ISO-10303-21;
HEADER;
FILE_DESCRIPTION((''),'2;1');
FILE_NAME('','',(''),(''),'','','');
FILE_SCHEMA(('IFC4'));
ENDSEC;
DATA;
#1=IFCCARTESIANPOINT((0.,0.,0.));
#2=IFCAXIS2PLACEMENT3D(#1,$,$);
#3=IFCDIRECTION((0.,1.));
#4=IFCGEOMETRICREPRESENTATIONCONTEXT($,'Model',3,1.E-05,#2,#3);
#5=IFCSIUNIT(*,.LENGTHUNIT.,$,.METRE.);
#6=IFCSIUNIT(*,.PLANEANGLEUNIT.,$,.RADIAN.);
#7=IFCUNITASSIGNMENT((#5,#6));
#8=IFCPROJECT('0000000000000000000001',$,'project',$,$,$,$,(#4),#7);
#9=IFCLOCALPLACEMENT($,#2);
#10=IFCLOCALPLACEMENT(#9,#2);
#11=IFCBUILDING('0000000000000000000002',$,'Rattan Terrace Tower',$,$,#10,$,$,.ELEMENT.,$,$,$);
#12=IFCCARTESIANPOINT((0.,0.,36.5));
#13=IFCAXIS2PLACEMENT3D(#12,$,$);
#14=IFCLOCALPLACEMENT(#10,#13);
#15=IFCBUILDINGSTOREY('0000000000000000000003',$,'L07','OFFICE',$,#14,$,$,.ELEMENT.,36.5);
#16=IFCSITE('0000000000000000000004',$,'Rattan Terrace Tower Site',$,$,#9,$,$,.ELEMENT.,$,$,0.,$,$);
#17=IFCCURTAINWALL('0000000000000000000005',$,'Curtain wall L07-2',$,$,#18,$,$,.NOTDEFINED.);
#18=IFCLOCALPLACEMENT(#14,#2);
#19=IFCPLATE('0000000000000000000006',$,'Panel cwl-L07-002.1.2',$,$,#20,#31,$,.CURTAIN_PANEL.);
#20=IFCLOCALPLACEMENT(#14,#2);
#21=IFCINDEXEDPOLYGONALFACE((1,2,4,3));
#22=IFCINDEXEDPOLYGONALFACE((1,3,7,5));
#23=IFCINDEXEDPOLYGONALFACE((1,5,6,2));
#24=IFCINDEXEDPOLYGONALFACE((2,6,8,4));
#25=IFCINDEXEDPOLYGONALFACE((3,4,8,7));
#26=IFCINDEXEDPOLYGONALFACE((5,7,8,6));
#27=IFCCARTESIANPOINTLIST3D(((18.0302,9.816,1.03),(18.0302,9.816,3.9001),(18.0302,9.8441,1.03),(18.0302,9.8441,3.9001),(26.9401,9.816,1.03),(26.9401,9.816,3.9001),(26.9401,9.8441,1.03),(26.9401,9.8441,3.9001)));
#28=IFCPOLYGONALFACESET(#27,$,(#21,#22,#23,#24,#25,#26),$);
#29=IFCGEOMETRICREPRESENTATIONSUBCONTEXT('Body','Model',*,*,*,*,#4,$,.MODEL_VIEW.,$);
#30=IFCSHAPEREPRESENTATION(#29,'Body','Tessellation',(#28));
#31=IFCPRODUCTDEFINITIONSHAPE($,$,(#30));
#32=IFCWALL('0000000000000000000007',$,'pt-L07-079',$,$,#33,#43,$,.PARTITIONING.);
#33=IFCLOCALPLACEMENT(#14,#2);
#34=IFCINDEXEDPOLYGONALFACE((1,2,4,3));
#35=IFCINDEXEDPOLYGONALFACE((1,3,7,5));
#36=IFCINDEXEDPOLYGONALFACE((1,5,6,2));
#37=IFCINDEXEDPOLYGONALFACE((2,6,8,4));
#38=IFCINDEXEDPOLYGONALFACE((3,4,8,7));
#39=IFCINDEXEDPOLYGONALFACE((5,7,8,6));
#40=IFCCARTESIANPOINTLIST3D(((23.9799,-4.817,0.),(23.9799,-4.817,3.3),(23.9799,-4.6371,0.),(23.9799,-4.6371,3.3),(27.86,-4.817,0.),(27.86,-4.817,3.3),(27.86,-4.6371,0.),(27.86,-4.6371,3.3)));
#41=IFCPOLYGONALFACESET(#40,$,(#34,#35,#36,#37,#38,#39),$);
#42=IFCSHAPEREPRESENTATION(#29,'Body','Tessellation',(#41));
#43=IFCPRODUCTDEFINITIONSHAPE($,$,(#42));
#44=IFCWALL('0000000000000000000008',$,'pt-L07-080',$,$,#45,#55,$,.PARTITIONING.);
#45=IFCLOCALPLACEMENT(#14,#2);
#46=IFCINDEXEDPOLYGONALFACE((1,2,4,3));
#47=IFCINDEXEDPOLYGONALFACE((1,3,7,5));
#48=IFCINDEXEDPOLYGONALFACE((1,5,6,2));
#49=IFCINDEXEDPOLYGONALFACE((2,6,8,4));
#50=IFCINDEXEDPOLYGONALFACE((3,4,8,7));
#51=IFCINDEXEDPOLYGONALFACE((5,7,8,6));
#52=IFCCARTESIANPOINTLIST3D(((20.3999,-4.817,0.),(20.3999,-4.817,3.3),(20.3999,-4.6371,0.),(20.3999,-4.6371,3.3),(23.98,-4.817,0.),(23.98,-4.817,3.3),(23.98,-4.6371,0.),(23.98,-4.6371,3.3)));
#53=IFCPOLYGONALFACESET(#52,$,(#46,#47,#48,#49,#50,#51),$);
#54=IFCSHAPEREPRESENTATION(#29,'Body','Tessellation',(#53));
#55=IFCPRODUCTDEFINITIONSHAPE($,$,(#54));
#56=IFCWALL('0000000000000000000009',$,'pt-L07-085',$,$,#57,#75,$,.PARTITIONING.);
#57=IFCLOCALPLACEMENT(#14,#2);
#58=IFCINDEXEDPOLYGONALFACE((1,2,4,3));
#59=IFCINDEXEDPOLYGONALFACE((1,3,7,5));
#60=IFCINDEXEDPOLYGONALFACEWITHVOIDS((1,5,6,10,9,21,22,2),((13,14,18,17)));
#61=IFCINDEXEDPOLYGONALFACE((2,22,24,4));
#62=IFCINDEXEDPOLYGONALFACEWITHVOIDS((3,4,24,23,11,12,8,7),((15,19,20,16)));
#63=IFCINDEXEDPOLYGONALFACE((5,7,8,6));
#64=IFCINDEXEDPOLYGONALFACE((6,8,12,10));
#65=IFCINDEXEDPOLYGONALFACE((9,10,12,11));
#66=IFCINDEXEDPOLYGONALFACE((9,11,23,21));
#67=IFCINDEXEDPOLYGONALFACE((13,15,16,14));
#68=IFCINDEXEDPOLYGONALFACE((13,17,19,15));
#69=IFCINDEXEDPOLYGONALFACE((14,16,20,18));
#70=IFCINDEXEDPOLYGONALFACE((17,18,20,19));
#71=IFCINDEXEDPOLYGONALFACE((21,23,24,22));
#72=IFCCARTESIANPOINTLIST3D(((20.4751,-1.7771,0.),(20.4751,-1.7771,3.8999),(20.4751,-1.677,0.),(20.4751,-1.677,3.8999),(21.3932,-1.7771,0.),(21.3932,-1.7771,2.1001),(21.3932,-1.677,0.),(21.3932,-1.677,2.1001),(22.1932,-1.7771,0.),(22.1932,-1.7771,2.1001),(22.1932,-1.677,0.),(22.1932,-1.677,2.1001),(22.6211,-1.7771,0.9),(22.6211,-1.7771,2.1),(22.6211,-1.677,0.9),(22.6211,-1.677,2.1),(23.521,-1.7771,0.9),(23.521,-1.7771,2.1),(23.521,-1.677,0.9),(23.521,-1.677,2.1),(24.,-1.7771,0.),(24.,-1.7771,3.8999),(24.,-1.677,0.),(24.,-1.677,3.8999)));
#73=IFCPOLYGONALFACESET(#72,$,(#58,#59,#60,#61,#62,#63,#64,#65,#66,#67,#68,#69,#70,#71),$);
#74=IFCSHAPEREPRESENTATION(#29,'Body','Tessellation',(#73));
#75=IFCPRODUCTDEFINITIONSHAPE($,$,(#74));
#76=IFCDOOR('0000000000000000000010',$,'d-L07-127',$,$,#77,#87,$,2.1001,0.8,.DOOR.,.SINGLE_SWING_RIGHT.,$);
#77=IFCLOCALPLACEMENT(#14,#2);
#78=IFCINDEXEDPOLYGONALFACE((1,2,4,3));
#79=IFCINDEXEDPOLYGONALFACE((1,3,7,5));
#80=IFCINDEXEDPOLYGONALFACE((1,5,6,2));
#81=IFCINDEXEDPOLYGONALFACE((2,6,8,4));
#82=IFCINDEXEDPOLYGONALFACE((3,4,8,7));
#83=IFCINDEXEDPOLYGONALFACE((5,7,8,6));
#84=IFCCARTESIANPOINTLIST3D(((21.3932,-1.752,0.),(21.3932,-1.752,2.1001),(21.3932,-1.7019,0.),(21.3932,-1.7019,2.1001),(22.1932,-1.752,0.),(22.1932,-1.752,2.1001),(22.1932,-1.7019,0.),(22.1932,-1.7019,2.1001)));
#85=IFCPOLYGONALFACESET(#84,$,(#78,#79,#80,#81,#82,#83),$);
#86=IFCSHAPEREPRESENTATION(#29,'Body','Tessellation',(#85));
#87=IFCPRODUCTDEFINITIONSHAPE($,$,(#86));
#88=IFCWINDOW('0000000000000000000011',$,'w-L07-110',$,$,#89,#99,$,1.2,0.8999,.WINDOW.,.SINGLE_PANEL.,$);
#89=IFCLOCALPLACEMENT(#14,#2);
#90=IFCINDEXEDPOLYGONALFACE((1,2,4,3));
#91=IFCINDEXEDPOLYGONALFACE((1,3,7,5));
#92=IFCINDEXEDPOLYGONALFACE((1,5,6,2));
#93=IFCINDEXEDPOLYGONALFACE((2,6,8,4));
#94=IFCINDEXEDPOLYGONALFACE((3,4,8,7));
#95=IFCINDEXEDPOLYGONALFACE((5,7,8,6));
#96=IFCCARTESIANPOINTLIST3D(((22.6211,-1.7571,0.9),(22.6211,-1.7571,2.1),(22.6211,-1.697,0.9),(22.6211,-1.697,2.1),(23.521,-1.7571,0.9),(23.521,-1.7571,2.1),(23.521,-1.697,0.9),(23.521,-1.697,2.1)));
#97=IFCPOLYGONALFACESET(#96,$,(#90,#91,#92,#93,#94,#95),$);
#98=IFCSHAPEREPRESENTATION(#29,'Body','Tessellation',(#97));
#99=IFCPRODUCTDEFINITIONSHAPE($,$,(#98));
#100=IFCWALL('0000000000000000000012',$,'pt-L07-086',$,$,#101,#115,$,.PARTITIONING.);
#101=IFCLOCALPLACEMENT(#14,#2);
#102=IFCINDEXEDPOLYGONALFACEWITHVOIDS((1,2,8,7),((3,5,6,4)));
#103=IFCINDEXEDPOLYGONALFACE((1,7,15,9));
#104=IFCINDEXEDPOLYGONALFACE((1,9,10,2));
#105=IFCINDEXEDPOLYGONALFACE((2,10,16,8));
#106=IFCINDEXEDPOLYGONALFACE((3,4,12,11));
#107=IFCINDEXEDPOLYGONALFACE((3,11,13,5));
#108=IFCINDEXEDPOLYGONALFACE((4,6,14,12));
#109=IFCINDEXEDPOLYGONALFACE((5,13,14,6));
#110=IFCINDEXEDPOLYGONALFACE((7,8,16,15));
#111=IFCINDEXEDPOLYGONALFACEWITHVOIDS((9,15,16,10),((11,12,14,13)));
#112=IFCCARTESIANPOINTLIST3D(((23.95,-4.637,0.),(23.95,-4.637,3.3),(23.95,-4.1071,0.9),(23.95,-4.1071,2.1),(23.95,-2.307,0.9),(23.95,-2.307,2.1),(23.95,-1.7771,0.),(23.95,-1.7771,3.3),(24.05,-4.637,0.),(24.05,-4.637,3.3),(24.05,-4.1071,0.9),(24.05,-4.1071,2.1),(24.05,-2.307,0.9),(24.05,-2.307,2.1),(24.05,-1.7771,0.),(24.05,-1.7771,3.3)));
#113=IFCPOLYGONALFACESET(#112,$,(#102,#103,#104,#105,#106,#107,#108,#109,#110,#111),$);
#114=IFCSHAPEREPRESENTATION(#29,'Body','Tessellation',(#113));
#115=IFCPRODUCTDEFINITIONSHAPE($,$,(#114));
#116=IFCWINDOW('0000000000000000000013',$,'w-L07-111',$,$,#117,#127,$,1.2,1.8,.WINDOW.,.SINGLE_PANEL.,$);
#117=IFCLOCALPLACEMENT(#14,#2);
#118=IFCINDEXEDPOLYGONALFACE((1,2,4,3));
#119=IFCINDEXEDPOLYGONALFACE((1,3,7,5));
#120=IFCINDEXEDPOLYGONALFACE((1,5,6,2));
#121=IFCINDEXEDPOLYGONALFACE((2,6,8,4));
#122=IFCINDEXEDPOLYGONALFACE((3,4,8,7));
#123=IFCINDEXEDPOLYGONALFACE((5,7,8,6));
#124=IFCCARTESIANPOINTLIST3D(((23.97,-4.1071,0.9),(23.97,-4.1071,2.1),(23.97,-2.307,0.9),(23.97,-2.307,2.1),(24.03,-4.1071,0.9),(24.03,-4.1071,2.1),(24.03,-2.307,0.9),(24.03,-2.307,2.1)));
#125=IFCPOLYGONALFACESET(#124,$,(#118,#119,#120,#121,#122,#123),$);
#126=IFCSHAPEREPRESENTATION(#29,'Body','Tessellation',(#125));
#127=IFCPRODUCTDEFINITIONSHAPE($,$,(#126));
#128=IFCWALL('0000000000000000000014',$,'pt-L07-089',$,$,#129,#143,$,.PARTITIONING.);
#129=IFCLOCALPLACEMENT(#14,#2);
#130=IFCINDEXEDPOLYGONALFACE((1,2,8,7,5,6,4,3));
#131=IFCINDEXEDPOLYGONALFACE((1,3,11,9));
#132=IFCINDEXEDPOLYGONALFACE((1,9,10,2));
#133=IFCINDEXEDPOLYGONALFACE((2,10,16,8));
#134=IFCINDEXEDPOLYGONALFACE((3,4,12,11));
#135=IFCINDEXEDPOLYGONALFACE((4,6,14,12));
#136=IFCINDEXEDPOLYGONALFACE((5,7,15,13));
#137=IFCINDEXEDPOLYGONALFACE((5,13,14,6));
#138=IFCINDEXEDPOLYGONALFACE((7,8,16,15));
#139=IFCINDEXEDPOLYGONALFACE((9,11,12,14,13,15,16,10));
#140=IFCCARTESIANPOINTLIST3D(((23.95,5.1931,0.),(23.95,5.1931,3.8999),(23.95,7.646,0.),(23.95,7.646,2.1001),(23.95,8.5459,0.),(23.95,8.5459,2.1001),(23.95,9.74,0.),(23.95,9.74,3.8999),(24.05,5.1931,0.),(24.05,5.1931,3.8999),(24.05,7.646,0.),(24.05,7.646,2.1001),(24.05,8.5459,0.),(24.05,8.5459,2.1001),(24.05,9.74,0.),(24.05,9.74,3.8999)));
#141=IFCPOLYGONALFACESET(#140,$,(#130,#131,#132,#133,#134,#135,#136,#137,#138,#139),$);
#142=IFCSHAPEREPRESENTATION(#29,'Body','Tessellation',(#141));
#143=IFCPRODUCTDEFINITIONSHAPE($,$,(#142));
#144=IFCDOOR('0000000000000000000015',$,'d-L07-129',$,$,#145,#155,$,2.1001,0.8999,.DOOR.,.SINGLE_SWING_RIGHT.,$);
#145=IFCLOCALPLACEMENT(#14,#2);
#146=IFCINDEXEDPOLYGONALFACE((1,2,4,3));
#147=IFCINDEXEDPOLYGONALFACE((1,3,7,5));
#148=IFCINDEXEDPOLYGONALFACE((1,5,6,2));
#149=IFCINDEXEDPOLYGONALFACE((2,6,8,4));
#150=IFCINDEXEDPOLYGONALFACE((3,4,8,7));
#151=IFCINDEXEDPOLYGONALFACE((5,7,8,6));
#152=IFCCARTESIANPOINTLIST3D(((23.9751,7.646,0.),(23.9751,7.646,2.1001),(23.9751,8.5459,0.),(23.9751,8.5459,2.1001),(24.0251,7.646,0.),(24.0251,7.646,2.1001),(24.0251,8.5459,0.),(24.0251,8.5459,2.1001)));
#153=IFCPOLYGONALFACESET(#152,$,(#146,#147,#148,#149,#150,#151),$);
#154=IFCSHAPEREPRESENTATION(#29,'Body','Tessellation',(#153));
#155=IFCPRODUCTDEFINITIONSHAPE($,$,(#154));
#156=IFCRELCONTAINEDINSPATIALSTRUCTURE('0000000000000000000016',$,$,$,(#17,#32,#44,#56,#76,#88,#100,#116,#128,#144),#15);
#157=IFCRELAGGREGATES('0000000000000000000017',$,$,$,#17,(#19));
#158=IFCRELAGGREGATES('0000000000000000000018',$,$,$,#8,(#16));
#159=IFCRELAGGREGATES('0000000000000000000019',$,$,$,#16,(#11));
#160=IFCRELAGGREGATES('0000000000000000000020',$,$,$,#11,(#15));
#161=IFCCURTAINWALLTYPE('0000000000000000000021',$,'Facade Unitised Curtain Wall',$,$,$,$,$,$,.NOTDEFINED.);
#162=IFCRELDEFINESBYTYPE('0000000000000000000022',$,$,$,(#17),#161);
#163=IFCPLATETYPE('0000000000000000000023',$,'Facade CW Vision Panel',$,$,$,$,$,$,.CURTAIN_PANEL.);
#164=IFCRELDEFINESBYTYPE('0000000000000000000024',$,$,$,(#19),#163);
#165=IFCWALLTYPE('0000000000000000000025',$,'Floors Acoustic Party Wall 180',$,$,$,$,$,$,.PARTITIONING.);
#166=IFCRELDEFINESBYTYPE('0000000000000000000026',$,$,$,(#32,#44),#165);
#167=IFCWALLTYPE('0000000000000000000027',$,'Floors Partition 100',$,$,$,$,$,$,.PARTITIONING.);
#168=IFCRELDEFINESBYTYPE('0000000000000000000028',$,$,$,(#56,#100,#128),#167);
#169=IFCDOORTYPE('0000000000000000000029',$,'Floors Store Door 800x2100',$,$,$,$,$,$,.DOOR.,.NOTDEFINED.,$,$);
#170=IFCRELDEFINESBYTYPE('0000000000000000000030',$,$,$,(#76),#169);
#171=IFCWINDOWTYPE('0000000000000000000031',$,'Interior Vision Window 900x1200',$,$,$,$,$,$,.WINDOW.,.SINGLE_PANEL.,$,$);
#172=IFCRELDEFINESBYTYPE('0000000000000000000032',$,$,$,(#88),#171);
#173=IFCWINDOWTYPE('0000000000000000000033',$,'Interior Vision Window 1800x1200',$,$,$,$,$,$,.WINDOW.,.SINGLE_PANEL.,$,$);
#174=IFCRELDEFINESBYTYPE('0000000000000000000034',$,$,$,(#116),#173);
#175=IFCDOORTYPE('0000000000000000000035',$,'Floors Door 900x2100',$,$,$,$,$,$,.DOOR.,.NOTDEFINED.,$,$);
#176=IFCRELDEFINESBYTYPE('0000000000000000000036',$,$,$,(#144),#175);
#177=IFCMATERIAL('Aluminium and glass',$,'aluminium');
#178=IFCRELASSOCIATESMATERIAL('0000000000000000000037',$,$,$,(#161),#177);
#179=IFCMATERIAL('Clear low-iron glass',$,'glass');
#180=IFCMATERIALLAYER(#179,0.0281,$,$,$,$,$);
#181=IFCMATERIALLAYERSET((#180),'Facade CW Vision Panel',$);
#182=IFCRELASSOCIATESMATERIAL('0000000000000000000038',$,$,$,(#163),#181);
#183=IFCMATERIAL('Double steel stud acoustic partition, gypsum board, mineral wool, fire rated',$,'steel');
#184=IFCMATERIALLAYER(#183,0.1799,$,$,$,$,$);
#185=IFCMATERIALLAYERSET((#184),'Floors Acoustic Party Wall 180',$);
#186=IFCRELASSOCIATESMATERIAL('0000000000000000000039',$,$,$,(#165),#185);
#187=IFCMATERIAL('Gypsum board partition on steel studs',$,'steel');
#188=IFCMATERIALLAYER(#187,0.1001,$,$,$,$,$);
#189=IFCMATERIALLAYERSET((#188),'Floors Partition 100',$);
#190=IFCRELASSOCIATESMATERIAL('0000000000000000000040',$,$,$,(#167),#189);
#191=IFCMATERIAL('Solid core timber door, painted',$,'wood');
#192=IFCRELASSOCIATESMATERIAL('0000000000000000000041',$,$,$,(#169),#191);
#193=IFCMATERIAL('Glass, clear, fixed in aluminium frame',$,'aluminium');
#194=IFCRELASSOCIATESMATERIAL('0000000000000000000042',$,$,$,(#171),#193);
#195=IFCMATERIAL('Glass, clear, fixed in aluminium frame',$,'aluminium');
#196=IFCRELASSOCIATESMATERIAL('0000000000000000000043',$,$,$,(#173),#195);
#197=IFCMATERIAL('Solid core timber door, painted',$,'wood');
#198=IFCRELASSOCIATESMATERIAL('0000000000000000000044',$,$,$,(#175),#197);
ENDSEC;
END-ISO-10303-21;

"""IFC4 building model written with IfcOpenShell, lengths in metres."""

from ifc_helpers import new_model, si_unit, direction, frame, frame_2d, origin, origin_2d, place, context, subcontext, project, spatial, rectangle, extrude, material, layer, layer_set, type_object, element, fill, aggregate, save


model = new_model("IFC4")

# Units and contexts
model_context = context("Model", 3, precision=1e-05, world=origin(), true_north=direction((0.0, 1.0)))
body_context = subcontext(model_context, "Body", "Model", "MODEL_VIEW")
ifc_project = project(units=[si_unit("LENGTHUNIT", "METRE"), si_unit("PLANEANGLEUNIT", "RADIAN")], contexts=[model_context])

# Site, building, storey
site_placement = place(None, origin())
site = spatial("IfcSite", under=ifc_project, at=site_placement, Name="Rattan Terrace Tower Site", CompositionType="ELEMENT", RefElevation=0.0)
building_placement = place(site_placement, origin())
building = spatial("IfcBuilding", under=site, at=building_placement, Name="Rattan Terrace Tower", CompositionType="ELEMENT")
storey_placement = place(building_placement, frame((0.0, 0.0, 36.5)))
storey = spatial("IfcBuildingStorey", under=building, at=storey_placement, Name="L07", Description="OFFICE", CompositionType="ELEMENT", Elevation=36.5)

# Curtain wall
ifc_material_1 = material(Name="Aluminium and glass", Category="aluminium")
curtain_wall_type = type_object("IfcCurtainWallType", Name="Facade Unitised Curtain Wall", PredefinedType="NOTDEFINED", material=ifc_material_1)
curtain_wall_placement = place(storey_placement, origin())
curtain_wall = element("IfcCurtainWall", 1, at=curtain_wall_placement, inside=storey, type_object=curtain_wall_type, Name="Curtain wall L07-2", PredefinedType="NOTDEFINED")

# Plate
ifc_material_2 = material(Name="Clear low-iron glass", Category="glass")
ifc_layer_1 = layer(ifc_material_2, 0.0281)
ifc_layer_set_1 = layer_set([ifc_layer_1], Name="Facade CW Vision Panel")
plate_type_1 = type_object("IfcPlateType", Name="Facade CW Vision Panel", PredefinedType="CURTAIN_PANEL", material=ifc_layer_set_1)
plate_1_placement = place(storey_placement, frame((22.4851, 9.8301, 1.03), z_axis=(0.0, 0.0, 1.0), x_axis=(-1.0, 0.0, 0.0)))
plate_1 = element("IfcPlate", 2, at=plate_1_placement, type_object=plate_type_1, Name="Panel cwl-L07-002.1.2", PredefinedType="CURTAIN_PANEL", context=body_context, shape_type="SweptSolid", body=[
    extrude(rectangle(XDim=8.9099, YDim=0.0281, at=origin_2d()), origin(), (0.0, 0.0, 1.0), 2.8701),
])
aggregate(curtain_wall, [plate_1])

# Walls
ifc_material_3 = material(Name="Double steel stud acoustic partition, gypsum board, mineral wool, fire rated", Category="steel")
ifc_layer_2 = layer(ifc_material_3, 0.1799)
ifc_layer_set_2 = layer_set([ifc_layer_2], Name="Floors Acoustic Party Wall 180")
wall_type_1 = type_object("IfcWallType", Name="Floors Acoustic Party Wall 180", PredefinedType="PARTITIONING", material=ifc_layer_set_2)
wall_1_placement = place(storey_placement, frame((23.98, -4.7271, 0.0), z_axis=(0.0, 0.0, 1.0), x_axis=(1.0, 0.0, 0.0)))
element("IfcWall", 3, at=wall_1_placement, inside=storey, type_object=wall_type_1, Name="pt-L07-079", PredefinedType="PARTITIONING", context=body_context, shape_type="SweptSolid", body=[
    extrude(rectangle(XDim=3.8801, YDim=0.1799, at=frame_2d((1.9399, 0.0))), origin(), (0.0, 0.0, 1.0), 3.3),
])
wall_2_placement = place(storey_placement, frame((20.3999, -4.7271, 0.0), z_axis=(0.0, 0.0, 1.0), x_axis=(1.0, 0.0, 0.0)))
element("IfcWall", 4, at=wall_2_placement, inside=storey, type_object=wall_type_1, Name="pt-L07-080", PredefinedType="PARTITIONING", context=body_context, shape_type="SweptSolid", body=[
    extrude(rectangle(XDim=3.5801, YDim=0.1799, at=frame_2d((1.79, 0.0))), origin(), (0.0, 0.0, 1.0), 3.3),
])

# Wall, openings, door, window
ifc_material_4 = material(Name="Gypsum board partition on steel studs", Category="steel")
ifc_layer_3 = layer(ifc_material_4, 0.1001)
ifc_layer_set_3 = layer_set([ifc_layer_3], Name="Floors Partition 100")
wall_type_2 = type_object("IfcWallType", Name="Floors Partition 100", PredefinedType="PARTITIONING", material=ifc_layer_set_3)
wall_3_placement = place(storey_placement, frame((24.0, -1.7271, 0.0), z_axis=(0.0, 0.0, 1.0), x_axis=(-1.0, 0.0, 0.0)))
wall_3 = element("IfcWall", 5, at=wall_3_placement, inside=storey, type_object=wall_type_2, Name="pt-L07-085", PredefinedType="PARTITIONING", context=body_context, shape_type="SweptSolid", body=[
    extrude(rectangle(XDim=3.5249, YDim=0.1001, at=frame_2d((1.7625, 0.0))), origin(), (0.0, 0.0, 1.0), 3.8999),
])
opening_1_placement = place(wall_3_placement, frame((1.8069, 0.0, 0.0)))
opening_1 = element("IfcOpeningElement", 6, at=opening_1_placement, cuts=wall_3, PredefinedType="OPENING", context=body_context, shape_type="SweptSolid", body=[
    extrude(rectangle(XDim=0.8, YDim=2.1001, at=frame_2d((0.3999, 1.05))), frame((0.0, 0.0605, 0.0), z_axis=(0.0, -1.0, 0.0), x_axis=(1.0, 0.0, 0.0)), (0.0, 0.0, 1.0), 0.1211),
])
opening_2_placement = place(wall_3_placement, frame((0.479, 0.0, 0.8999)))
opening_2 = element("IfcOpeningElement", 7, at=opening_2_placement, cuts=wall_3, PredefinedType="OPENING", context=body_context, shape_type="SweptSolid", body=[
    extrude(rectangle(XDim=0.8999, YDim=1.2, at=frame_2d((0.45, 0.6001))), frame((0.0, 0.0605, 0.0), z_axis=(0.0, -1.0, 0.0), x_axis=(1.0, 0.0, 0.0)), (0.0, 0.0, 1.0), 0.1211),
])
ifc_material_5 = material(Name="Solid core timber door, painted", Category="wood")
door_type_1 = type_object("IfcDoorType", Name="Floors Store Door 800x2100", OperationType="NOTDEFINED", PredefinedType="DOOR", material=ifc_material_5)
door_1_placement = place(opening_1_placement, origin())
door_1 = element("IfcDoor", 8, at=door_1_placement, inside=storey, type_object=door_type_1, Name="d-L07-127", OperationType="SINGLE_SWING_RIGHT", OverallHeight=2.1001, OverallWidth=0.8, PredefinedType="DOOR", context=body_context, shape_type="SweptSolid", body=[
    extrude(rectangle(XDim=0.8, YDim=2.1001, at=frame_2d((0.3999, 1.05))), frame((0.0, 0.0249, 0.0), z_axis=(0.0, -1.0, 0.0), x_axis=(1.0, 0.0, 0.0)), (0.0, 0.0, 1.0), 0.05),
])
fill(opening_1, door_1)
ifc_material_6 = material(Name="Glass, clear, fixed in aluminium frame", Category="aluminium")
window_type_1 = type_object("IfcWindowType", Name="Interior Vision Window 900x1200", PartitioningType="SINGLE_PANEL", PredefinedType="WINDOW", material=ifc_material_6)
window_1_placement = place(opening_2_placement, origin())
window_1 = element("IfcWindow", 9, at=window_1_placement, inside=storey, type_object=window_type_1, Name="w-L07-110", OverallHeight=1.2, OverallWidth=0.8999, PartitioningType="SINGLE_PANEL", PredefinedType="WINDOW", context=body_context, shape_type="SweptSolid", body=[
    extrude(rectangle(XDim=0.8999, YDim=1.2, at=frame_2d((0.45, 0.6001))), frame((0.0, 0.03, 0.0), z_axis=(0.0, -1.0, 0.0), x_axis=(1.0, 0.0, 0.0)), (0.0, 0.0, 1.0), 0.0601),
])
fill(opening_2, window_1)

# Wall, opening, window
wall_4_placement = place(storey_placement, frame((24.0, -4.637, 0.0), z_axis=(0.0, 0.0, 1.0), x_axis=(0.0, 1.0, 0.0)))
wall_4 = element("IfcWall", 10, at=wall_4_placement, inside=storey, type_object=wall_type_2, Name="pt-L07-086", PredefinedType="PARTITIONING", context=body_context, shape_type="SweptSolid", body=[
    extrude(rectangle(XDim=2.8599, YDim=0.1001, at=frame_2d((1.4299, 0.0))), origin(), (0.0, 0.0, 1.0), 3.3),
])
opening_3_placement = place(wall_4_placement, frame((0.53, 0.0, 0.8999)))
opening_3 = element("IfcOpeningElement", 11, at=opening_3_placement, cuts=wall_4, PredefinedType="OPENING", context=body_context, shape_type="SweptSolid", body=[
    extrude(rectangle(XDim=1.8, YDim=1.2, at=frame_2d((0.8999, 0.6001))), frame((0.0, 0.0605, 0.0), z_axis=(0.0, -1.0, 0.0), x_axis=(1.0, 0.0, 0.0)), (0.0, 0.0, 1.0), 0.1211),
])
ifc_material_7 = material(Name="Glass, clear, fixed in aluminium frame", Category="aluminium")
window_type_2 = type_object("IfcWindowType", Name="Interior Vision Window 1800x1200", PartitioningType="SINGLE_PANEL", PredefinedType="WINDOW", material=ifc_material_7)
window_2_placement = place(opening_3_placement, origin())
window_2 = element("IfcWindow", 12, at=window_2_placement, inside=storey, type_object=window_type_2, Name="w-L07-111", OverallHeight=1.2, OverallWidth=1.8, PartitioningType="SINGLE_PANEL", PredefinedType="WINDOW", context=body_context, shape_type="SweptSolid", body=[
    extrude(rectangle(XDim=1.8, YDim=1.2, at=frame_2d((0.8999, 0.6001))), frame((0.0, 0.03, 0.0), z_axis=(0.0, -1.0, 0.0), x_axis=(1.0, 0.0, 0.0)), (0.0, 0.0, 1.0), 0.0601),
])
fill(opening_3, window_2)

# Wall, opening, door
wall_5_placement = place(storey_placement, frame((24.0, 5.1931, 0.0), z_axis=(0.0, 0.0, 1.0), x_axis=(0.0, 1.0, 0.0)))
wall_5 = element("IfcWall", 13, at=wall_5_placement, inside=storey, type_object=wall_type_2, Name="pt-L07-089", PredefinedType="PARTITIONING", context=body_context, shape_type="SweptSolid", body=[
    extrude(rectangle(XDim=4.5469, YDim=0.1001, at=frame_2d((2.2734, 0.0))), origin(), (0.0, 0.0, 1.0), 3.8999),
])
opening_4_placement = place(wall_5_placement, frame((2.4529, 0.0, 0.0)))
opening_4 = element("IfcOpeningElement", 14, at=opening_4_placement, cuts=wall_5, PredefinedType="OPENING", context=body_context, shape_type="SweptSolid", body=[
    extrude(rectangle(XDim=0.8999, YDim=2.1001, at=frame_2d((0.45, 1.05))), frame((0.0, 0.0605, 0.0), z_axis=(0.0, -1.0, 0.0), x_axis=(1.0, 0.0, 0.0)), (0.0, 0.0, 1.0), 0.1211),
])
ifc_material_8 = material(Name="Solid core timber door, painted", Category="wood")
door_type_2 = type_object("IfcDoorType", Name="Floors Door 900x2100", OperationType="NOTDEFINED", PredefinedType="DOOR", material=ifc_material_8)
door_2_placement = place(opening_4_placement, origin())
door_2 = element("IfcDoor", 15, at=door_2_placement, inside=storey, type_object=door_type_2, Name="d-L07-129", OperationType="SINGLE_SWING_RIGHT", OverallHeight=2.1001, OverallWidth=0.8999, PredefinedType="DOOR", context=body_context, shape_type="SweptSolid", body=[
    extrude(rectangle(XDim=0.8999, YDim=2.1001, at=frame_2d((0.45, 1.05))), frame((0.0, 0.0249, 0.0), z_axis=(0.0, -1.0, 0.0), x_axis=(1.0, 0.0, 0.0)), (0.0, 0.0, 1.0), 0.05),
])
fill(opening_4, door_2)

save(model, "model.ifc")
